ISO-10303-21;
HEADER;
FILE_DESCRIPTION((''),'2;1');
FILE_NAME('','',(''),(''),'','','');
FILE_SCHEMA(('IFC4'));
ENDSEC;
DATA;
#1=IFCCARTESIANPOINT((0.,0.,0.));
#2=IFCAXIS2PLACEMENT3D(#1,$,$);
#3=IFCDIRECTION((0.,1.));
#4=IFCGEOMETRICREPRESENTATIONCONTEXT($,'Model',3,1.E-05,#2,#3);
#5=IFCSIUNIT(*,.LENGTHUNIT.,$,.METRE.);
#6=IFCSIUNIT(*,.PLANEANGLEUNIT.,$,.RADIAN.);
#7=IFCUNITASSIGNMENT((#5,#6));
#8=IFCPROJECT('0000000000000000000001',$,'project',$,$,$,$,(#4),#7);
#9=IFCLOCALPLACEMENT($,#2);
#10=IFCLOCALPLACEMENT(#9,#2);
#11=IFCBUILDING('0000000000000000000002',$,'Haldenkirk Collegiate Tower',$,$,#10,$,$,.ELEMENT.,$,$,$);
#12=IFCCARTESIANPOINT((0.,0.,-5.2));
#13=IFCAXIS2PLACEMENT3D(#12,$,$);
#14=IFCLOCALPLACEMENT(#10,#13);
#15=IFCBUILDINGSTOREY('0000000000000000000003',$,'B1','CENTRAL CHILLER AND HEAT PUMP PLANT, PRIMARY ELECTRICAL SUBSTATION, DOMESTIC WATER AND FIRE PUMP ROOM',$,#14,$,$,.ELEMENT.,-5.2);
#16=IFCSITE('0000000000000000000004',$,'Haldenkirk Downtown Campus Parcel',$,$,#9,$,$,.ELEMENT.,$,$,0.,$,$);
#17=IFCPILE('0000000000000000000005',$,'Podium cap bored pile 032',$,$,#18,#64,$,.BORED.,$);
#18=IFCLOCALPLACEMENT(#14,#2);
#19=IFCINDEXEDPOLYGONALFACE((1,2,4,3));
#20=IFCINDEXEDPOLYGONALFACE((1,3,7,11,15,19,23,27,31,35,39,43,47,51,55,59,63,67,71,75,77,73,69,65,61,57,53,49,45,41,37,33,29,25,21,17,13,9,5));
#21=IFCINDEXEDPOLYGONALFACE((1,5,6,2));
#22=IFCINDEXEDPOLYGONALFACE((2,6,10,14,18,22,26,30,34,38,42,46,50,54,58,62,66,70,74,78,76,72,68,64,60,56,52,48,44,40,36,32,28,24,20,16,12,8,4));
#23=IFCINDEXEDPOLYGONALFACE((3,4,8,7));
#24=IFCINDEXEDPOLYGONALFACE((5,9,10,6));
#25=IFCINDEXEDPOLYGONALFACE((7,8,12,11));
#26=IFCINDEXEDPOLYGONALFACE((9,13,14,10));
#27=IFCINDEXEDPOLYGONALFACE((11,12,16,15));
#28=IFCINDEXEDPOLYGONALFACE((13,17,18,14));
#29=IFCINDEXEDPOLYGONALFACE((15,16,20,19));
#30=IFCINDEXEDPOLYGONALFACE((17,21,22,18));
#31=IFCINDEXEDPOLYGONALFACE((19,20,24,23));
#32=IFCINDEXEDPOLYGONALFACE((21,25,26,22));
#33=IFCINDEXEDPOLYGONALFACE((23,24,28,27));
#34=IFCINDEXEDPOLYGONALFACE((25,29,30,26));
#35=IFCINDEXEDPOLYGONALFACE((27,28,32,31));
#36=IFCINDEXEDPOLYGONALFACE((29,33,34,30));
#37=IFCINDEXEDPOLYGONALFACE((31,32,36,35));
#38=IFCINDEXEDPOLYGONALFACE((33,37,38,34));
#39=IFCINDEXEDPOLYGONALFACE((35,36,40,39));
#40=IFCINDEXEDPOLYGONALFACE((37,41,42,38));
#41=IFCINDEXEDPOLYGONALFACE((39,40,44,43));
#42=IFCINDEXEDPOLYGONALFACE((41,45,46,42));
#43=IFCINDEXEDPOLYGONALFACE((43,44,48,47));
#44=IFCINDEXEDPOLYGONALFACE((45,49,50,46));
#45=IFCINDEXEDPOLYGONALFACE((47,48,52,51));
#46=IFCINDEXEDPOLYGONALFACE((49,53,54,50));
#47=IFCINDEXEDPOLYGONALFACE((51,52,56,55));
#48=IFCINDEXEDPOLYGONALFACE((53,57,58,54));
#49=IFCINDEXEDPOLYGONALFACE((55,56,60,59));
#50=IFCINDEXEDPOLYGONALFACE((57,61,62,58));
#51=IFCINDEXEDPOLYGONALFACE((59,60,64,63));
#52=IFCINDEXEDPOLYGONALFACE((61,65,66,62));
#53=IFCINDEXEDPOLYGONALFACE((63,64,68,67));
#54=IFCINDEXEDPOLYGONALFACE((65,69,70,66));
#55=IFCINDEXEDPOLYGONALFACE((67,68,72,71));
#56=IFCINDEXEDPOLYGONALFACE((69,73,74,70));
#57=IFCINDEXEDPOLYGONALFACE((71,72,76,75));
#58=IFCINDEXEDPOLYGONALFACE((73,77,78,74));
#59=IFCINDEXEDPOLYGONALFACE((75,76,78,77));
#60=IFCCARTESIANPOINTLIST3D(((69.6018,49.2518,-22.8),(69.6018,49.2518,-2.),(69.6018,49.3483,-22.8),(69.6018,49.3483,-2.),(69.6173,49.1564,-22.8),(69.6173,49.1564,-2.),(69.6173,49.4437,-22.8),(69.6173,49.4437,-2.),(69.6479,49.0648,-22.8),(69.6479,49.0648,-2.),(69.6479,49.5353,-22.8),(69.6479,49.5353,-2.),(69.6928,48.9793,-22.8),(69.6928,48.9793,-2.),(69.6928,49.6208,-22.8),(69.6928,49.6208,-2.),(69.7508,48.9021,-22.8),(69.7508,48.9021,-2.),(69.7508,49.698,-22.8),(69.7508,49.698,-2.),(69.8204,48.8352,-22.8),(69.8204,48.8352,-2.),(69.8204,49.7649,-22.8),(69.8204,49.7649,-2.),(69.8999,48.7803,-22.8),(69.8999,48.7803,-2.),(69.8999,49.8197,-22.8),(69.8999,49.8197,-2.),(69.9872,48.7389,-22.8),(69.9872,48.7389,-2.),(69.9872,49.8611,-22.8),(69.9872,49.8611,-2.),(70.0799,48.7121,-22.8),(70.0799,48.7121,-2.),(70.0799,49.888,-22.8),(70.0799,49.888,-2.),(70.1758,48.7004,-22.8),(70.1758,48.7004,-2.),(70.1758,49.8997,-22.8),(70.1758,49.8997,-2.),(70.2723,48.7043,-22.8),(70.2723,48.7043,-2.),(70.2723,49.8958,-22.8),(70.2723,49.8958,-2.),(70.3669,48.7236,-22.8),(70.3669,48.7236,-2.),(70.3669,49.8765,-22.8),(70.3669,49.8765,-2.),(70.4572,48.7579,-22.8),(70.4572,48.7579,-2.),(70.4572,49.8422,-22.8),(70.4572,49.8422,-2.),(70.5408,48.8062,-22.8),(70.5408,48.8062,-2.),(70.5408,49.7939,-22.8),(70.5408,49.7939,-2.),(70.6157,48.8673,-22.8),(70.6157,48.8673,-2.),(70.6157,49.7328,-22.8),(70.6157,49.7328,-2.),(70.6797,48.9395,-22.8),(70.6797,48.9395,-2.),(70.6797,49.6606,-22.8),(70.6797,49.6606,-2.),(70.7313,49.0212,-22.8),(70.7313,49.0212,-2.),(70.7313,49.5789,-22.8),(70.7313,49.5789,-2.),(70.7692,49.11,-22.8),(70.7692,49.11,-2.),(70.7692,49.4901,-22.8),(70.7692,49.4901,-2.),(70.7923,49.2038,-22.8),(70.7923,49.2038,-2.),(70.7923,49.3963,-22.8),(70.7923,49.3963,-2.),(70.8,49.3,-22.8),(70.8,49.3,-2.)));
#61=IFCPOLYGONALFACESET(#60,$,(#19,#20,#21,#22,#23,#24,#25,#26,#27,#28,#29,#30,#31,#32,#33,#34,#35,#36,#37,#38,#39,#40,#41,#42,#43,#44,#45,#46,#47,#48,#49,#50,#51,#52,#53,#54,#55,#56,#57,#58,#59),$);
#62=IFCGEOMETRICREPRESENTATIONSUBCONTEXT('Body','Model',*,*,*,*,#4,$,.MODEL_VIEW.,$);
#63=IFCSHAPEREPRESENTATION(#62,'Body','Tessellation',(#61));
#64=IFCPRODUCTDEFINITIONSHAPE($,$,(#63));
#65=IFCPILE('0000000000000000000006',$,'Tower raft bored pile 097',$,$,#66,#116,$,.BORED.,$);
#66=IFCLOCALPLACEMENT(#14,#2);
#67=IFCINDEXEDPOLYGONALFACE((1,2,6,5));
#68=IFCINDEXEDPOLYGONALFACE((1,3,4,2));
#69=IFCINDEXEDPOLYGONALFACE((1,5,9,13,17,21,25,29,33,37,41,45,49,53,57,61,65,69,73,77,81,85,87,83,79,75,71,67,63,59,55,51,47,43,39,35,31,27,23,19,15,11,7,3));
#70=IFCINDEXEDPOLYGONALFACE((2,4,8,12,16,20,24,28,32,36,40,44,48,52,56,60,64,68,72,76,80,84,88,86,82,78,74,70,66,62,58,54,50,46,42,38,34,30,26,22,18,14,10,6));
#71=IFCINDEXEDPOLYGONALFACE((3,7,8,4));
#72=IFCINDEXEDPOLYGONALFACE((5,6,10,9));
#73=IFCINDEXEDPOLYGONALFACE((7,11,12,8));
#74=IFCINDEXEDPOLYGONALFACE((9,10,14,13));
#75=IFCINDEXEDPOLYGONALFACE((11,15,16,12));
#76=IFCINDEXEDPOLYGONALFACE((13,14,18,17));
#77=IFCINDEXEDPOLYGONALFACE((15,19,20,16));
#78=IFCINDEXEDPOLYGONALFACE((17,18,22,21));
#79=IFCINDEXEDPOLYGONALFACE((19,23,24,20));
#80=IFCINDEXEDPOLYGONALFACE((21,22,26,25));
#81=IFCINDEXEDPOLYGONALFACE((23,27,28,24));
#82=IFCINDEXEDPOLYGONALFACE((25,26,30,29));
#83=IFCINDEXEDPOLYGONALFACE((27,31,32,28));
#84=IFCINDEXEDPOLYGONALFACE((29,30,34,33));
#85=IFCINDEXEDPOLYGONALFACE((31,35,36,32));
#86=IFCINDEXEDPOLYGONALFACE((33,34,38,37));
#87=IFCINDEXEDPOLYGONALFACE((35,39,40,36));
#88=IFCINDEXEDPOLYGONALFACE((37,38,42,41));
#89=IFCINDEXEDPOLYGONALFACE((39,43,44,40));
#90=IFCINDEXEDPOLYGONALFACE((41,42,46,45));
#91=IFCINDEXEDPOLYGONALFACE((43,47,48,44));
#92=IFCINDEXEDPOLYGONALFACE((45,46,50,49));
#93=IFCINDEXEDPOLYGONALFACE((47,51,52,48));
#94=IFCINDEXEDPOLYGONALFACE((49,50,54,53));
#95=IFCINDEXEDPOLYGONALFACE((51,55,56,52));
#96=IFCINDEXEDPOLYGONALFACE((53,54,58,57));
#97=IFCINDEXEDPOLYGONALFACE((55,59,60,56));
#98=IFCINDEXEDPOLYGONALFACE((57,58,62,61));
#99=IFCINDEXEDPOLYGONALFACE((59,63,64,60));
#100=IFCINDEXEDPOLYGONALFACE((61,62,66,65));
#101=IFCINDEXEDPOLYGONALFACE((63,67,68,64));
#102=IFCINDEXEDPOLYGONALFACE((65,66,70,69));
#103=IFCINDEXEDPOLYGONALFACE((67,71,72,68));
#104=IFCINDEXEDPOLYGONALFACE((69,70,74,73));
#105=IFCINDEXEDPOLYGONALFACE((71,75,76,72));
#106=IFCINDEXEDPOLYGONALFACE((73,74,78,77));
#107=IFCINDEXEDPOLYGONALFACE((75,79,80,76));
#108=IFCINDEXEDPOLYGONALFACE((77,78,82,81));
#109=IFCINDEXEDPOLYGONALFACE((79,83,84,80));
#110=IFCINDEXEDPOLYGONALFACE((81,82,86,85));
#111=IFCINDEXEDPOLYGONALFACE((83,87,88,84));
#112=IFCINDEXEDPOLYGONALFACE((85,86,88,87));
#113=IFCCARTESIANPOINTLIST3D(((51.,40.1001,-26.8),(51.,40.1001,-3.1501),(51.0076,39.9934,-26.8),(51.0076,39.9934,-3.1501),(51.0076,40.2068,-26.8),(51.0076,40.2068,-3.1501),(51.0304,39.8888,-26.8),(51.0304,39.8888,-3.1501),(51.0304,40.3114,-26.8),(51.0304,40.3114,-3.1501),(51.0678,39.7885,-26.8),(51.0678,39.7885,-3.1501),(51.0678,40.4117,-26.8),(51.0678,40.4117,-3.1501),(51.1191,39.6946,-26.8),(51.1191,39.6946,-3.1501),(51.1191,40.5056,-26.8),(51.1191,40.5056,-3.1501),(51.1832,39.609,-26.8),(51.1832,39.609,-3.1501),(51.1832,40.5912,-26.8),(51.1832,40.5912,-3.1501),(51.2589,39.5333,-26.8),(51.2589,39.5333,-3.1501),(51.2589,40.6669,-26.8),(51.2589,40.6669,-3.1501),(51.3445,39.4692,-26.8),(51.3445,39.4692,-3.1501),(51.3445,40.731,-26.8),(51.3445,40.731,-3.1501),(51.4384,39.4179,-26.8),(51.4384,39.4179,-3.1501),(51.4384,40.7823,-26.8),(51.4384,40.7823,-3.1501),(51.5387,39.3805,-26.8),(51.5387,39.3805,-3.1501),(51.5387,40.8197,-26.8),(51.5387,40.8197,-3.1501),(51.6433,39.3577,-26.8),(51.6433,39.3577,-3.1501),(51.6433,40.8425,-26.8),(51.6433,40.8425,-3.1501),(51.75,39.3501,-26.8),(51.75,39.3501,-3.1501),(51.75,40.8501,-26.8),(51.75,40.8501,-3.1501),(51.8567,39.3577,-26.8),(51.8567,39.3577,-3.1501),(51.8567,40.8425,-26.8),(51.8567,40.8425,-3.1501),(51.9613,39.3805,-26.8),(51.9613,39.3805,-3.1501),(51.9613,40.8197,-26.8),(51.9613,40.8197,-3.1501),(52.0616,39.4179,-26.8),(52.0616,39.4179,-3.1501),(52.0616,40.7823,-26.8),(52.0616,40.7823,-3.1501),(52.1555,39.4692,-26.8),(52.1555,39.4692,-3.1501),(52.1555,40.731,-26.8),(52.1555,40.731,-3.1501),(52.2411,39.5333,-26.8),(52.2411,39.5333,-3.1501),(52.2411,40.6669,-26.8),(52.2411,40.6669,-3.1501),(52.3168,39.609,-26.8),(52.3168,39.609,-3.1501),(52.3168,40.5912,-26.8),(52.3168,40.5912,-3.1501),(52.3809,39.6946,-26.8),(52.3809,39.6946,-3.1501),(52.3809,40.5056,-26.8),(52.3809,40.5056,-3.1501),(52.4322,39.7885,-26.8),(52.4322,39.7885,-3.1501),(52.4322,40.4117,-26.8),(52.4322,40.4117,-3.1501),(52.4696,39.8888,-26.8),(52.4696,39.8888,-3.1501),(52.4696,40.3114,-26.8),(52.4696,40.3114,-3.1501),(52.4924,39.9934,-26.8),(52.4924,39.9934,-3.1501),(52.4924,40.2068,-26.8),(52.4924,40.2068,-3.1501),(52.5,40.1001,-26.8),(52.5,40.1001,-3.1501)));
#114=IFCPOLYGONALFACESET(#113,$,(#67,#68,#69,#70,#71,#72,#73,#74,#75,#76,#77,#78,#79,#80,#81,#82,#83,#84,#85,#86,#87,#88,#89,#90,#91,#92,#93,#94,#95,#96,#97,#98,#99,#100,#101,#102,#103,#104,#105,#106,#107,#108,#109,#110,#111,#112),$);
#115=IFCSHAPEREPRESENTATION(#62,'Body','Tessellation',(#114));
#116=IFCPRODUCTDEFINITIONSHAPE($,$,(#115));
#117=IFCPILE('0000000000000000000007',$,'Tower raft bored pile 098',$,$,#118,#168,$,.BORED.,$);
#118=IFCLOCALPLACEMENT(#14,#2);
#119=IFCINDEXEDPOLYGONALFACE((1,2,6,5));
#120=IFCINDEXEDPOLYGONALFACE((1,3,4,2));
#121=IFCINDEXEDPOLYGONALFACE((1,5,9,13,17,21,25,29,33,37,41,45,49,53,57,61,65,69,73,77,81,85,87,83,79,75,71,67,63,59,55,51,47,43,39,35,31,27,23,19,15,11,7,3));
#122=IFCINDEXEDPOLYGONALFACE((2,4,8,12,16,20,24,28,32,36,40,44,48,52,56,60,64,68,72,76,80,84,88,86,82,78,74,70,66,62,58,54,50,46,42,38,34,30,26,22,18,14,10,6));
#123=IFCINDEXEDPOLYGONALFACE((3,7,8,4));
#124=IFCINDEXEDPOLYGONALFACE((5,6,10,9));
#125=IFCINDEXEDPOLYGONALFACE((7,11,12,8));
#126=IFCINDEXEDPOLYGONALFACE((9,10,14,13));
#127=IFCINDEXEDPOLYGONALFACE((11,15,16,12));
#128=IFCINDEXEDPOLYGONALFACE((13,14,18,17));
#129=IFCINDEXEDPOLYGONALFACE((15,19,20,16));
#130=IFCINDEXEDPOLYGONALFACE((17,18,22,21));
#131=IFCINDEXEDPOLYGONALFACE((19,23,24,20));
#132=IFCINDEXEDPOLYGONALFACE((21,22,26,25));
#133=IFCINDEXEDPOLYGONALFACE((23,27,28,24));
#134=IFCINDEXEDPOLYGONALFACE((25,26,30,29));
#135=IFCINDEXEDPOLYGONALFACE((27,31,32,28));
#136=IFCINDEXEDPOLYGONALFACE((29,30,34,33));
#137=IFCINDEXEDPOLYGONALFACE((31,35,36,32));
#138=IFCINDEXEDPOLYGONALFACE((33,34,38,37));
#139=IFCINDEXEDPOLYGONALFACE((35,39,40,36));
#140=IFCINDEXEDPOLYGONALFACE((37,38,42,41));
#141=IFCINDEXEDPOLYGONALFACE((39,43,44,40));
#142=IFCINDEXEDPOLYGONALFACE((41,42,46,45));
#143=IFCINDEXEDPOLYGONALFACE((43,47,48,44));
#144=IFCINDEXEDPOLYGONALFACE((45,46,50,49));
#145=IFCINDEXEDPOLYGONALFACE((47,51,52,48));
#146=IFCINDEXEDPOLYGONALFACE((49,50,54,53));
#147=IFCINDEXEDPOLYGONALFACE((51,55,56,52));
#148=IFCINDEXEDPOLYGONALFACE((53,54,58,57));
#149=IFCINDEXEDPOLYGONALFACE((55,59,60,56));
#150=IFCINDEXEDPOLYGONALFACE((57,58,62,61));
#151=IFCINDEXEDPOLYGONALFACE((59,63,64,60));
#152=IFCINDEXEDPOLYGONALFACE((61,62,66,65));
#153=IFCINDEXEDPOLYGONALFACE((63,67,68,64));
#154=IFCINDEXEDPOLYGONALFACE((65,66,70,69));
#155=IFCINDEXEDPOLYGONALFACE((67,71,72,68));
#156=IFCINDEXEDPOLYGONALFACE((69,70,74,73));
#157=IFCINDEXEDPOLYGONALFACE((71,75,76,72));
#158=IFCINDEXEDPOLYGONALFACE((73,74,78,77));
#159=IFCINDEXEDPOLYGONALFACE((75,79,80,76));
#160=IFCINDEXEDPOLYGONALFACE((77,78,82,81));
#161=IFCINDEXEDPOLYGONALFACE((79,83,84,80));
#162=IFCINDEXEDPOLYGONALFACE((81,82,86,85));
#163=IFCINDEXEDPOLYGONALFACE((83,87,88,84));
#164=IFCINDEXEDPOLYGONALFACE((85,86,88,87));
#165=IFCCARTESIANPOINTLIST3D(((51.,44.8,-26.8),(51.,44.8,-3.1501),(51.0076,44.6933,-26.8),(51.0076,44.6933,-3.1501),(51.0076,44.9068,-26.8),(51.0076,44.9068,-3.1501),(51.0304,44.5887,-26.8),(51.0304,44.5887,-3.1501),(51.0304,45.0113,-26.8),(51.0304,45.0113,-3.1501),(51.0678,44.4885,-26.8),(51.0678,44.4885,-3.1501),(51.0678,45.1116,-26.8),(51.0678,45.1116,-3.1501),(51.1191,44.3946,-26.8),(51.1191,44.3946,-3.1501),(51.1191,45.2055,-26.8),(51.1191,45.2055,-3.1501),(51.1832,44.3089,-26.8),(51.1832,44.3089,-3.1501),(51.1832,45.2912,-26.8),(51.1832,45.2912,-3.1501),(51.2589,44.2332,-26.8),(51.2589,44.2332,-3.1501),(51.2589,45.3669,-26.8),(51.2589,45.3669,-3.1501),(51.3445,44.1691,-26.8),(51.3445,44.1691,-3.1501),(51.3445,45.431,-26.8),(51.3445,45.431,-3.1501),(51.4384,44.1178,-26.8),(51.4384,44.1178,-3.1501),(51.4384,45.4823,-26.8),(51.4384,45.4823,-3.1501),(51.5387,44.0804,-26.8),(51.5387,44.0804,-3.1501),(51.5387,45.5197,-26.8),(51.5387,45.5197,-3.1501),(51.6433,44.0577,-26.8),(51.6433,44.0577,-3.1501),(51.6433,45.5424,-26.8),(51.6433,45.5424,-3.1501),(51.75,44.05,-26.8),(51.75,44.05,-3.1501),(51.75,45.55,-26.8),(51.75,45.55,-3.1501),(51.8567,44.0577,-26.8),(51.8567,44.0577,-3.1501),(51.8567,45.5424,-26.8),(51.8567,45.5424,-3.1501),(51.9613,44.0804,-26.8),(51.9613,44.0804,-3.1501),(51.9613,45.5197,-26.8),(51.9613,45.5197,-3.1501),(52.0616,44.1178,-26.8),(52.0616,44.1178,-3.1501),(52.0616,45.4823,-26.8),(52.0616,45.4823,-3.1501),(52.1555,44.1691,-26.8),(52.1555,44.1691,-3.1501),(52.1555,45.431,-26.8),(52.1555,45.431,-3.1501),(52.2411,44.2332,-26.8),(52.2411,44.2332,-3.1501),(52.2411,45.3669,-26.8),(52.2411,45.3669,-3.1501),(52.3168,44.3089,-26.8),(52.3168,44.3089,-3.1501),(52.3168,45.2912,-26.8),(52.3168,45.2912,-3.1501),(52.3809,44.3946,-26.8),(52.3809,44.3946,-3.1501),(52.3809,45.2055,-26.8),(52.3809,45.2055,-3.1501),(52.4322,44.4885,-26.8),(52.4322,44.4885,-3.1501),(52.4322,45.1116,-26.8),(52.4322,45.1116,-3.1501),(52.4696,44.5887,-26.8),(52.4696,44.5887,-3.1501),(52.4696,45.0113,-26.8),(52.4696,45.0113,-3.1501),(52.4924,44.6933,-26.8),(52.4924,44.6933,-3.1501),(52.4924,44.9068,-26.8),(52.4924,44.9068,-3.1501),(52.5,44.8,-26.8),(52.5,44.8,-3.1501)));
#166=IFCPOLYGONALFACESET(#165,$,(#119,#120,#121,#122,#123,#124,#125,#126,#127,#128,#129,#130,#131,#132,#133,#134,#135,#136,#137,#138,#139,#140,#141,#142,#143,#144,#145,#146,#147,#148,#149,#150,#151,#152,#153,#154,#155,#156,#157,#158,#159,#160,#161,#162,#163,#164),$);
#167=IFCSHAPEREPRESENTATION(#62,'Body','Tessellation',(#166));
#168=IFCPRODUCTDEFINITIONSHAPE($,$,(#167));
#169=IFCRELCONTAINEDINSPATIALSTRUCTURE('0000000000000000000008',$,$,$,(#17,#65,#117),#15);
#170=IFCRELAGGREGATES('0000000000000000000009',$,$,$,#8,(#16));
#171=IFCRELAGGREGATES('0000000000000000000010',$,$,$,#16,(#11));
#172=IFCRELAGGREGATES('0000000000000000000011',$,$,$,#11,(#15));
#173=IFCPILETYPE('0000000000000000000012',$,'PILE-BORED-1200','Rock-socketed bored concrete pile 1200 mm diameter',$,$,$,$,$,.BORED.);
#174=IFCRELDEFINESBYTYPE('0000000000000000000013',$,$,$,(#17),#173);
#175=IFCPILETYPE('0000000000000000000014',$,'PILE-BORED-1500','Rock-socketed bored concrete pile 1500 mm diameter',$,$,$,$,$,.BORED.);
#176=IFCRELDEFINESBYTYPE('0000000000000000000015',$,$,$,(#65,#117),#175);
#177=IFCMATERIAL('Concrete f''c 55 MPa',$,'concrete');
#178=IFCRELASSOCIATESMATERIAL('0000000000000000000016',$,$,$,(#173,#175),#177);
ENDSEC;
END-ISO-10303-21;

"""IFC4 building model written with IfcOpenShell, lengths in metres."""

from ifc_helpers import new_model, si_unit, direction, frame, origin, origin_2d, place, context, subcontext, project, spatial, circle, extrude, material, material_profile, profile_set, type_object, element, save


model = new_model("IFC4")

# Units and contexts
model_context = context("Model", 3, precision=1e-05, world=origin(), true_north=direction((0.0, 1.0)))
body_context = subcontext(model_context, "Body", "Model", "MODEL_VIEW")
ifc_project = project(units=[si_unit("LENGTHUNIT", "METRE"), si_unit("PLANEANGLEUNIT", "RADIAN")], contexts=[model_context])

# Site, building, storey
site_placement = place(None, origin())
site = spatial("IfcSite", under=ifc_project, at=site_placement, Name="Haldenkirk Downtown Campus Parcel", CompositionType="ELEMENT", RefElevation=0.0)
building_placement = place(site_placement, origin())
building = spatial("IfcBuilding", under=site, at=building_placement, Name="Haldenkirk Collegiate Tower", CompositionType="ELEMENT")
storey_placement = place(building_placement, frame((0.0, 0.0, -5.2)))
storey = spatial("IfcBuildingStorey", under=building, at=storey_placement, Name="B1", Description="CENTRAL CHILLER AND HEAT PUMP PLANT, PRIMARY ELECTRICAL SUBSTATION, DOMESTIC WATER AND FIRE PUMP ROOM", CompositionType="ELEMENT", Elevation=-5.2)

# Shared definitions
ifc_material_1 = material(Name="Concrete f'c 55 MPa", Category="concrete")

# Piles
ifc_material_profile_1 = material_profile(ifc_material_1, circle(Radius=0.6001, at=origin_2d()), Name="PILE1200")
ifc_profile_set_1 = profile_set([ifc_material_profile_1], Name="Concrete f'c 55 MPa")
pile_type_1 = type_object("IfcPileType", Name="PILE-BORED-1200", Description="Rock-socketed bored concrete pile 1200 mm diameter", PredefinedType="BORED", material=ifc_profile_set_1)
for number, where, z_axis, x_axis, name in (
    (1, (70.2, 49.3, -2.0), (0.0, 0.0, -1.0), (1.0, 0.0, 0.0), "Podium cap bored pile 032"),
):
    element("IfcPile", number, at=place(storey_placement, frame(where, z_axis=z_axis, x_axis=x_axis)), inside=storey, type_object=pile_type_1, Name=name, PredefinedType="BORED", context=body_context, shape_type="SweptSolid", body=[
        extrude(circle(Radius=0.6001, at=origin_2d()), origin(), (0.0, 0.0, 1.0), 20.8),
    ])
ifc_material_profile_2 = material_profile(ifc_material_1, circle(Radius=0.75, at=origin_2d()), Name="PILE1500")
ifc_profile_set_2 = profile_set([ifc_material_profile_2], Name="Concrete f'c 55 MPa")
pile_type_2 = type_object("IfcPileType", Name="PILE-BORED-1500", Description="Rock-socketed bored concrete pile 1500 mm diameter", PredefinedType="BORED", material=ifc_profile_set_2)
for number, where, z_axis, x_axis, name in (
    (2, (51.75, 40.1001, -3.1501), (0.0, 0.0, -1.0), (1.0, 0.0, 0.0), "Tower raft bored pile 097"),
    (3, (51.75, 44.8, -3.1501), (0.0, 0.0, -1.0), (1.0, 0.0, 0.0), "Tower raft bored pile 098"),
):
    element("IfcPile", number, at=place(storey_placement, frame(where, z_axis=z_axis, x_axis=x_axis)), inside=storey, type_object=pile_type_2, Name=name, PredefinedType="BORED", context=body_context, shape_type="SweptSolid", body=[
        extrude(circle(Radius=0.75, at=origin_2d()), origin(), (0.0, 0.0, 1.0), 23.6499),
    ])

save(model, "model.ifc")
